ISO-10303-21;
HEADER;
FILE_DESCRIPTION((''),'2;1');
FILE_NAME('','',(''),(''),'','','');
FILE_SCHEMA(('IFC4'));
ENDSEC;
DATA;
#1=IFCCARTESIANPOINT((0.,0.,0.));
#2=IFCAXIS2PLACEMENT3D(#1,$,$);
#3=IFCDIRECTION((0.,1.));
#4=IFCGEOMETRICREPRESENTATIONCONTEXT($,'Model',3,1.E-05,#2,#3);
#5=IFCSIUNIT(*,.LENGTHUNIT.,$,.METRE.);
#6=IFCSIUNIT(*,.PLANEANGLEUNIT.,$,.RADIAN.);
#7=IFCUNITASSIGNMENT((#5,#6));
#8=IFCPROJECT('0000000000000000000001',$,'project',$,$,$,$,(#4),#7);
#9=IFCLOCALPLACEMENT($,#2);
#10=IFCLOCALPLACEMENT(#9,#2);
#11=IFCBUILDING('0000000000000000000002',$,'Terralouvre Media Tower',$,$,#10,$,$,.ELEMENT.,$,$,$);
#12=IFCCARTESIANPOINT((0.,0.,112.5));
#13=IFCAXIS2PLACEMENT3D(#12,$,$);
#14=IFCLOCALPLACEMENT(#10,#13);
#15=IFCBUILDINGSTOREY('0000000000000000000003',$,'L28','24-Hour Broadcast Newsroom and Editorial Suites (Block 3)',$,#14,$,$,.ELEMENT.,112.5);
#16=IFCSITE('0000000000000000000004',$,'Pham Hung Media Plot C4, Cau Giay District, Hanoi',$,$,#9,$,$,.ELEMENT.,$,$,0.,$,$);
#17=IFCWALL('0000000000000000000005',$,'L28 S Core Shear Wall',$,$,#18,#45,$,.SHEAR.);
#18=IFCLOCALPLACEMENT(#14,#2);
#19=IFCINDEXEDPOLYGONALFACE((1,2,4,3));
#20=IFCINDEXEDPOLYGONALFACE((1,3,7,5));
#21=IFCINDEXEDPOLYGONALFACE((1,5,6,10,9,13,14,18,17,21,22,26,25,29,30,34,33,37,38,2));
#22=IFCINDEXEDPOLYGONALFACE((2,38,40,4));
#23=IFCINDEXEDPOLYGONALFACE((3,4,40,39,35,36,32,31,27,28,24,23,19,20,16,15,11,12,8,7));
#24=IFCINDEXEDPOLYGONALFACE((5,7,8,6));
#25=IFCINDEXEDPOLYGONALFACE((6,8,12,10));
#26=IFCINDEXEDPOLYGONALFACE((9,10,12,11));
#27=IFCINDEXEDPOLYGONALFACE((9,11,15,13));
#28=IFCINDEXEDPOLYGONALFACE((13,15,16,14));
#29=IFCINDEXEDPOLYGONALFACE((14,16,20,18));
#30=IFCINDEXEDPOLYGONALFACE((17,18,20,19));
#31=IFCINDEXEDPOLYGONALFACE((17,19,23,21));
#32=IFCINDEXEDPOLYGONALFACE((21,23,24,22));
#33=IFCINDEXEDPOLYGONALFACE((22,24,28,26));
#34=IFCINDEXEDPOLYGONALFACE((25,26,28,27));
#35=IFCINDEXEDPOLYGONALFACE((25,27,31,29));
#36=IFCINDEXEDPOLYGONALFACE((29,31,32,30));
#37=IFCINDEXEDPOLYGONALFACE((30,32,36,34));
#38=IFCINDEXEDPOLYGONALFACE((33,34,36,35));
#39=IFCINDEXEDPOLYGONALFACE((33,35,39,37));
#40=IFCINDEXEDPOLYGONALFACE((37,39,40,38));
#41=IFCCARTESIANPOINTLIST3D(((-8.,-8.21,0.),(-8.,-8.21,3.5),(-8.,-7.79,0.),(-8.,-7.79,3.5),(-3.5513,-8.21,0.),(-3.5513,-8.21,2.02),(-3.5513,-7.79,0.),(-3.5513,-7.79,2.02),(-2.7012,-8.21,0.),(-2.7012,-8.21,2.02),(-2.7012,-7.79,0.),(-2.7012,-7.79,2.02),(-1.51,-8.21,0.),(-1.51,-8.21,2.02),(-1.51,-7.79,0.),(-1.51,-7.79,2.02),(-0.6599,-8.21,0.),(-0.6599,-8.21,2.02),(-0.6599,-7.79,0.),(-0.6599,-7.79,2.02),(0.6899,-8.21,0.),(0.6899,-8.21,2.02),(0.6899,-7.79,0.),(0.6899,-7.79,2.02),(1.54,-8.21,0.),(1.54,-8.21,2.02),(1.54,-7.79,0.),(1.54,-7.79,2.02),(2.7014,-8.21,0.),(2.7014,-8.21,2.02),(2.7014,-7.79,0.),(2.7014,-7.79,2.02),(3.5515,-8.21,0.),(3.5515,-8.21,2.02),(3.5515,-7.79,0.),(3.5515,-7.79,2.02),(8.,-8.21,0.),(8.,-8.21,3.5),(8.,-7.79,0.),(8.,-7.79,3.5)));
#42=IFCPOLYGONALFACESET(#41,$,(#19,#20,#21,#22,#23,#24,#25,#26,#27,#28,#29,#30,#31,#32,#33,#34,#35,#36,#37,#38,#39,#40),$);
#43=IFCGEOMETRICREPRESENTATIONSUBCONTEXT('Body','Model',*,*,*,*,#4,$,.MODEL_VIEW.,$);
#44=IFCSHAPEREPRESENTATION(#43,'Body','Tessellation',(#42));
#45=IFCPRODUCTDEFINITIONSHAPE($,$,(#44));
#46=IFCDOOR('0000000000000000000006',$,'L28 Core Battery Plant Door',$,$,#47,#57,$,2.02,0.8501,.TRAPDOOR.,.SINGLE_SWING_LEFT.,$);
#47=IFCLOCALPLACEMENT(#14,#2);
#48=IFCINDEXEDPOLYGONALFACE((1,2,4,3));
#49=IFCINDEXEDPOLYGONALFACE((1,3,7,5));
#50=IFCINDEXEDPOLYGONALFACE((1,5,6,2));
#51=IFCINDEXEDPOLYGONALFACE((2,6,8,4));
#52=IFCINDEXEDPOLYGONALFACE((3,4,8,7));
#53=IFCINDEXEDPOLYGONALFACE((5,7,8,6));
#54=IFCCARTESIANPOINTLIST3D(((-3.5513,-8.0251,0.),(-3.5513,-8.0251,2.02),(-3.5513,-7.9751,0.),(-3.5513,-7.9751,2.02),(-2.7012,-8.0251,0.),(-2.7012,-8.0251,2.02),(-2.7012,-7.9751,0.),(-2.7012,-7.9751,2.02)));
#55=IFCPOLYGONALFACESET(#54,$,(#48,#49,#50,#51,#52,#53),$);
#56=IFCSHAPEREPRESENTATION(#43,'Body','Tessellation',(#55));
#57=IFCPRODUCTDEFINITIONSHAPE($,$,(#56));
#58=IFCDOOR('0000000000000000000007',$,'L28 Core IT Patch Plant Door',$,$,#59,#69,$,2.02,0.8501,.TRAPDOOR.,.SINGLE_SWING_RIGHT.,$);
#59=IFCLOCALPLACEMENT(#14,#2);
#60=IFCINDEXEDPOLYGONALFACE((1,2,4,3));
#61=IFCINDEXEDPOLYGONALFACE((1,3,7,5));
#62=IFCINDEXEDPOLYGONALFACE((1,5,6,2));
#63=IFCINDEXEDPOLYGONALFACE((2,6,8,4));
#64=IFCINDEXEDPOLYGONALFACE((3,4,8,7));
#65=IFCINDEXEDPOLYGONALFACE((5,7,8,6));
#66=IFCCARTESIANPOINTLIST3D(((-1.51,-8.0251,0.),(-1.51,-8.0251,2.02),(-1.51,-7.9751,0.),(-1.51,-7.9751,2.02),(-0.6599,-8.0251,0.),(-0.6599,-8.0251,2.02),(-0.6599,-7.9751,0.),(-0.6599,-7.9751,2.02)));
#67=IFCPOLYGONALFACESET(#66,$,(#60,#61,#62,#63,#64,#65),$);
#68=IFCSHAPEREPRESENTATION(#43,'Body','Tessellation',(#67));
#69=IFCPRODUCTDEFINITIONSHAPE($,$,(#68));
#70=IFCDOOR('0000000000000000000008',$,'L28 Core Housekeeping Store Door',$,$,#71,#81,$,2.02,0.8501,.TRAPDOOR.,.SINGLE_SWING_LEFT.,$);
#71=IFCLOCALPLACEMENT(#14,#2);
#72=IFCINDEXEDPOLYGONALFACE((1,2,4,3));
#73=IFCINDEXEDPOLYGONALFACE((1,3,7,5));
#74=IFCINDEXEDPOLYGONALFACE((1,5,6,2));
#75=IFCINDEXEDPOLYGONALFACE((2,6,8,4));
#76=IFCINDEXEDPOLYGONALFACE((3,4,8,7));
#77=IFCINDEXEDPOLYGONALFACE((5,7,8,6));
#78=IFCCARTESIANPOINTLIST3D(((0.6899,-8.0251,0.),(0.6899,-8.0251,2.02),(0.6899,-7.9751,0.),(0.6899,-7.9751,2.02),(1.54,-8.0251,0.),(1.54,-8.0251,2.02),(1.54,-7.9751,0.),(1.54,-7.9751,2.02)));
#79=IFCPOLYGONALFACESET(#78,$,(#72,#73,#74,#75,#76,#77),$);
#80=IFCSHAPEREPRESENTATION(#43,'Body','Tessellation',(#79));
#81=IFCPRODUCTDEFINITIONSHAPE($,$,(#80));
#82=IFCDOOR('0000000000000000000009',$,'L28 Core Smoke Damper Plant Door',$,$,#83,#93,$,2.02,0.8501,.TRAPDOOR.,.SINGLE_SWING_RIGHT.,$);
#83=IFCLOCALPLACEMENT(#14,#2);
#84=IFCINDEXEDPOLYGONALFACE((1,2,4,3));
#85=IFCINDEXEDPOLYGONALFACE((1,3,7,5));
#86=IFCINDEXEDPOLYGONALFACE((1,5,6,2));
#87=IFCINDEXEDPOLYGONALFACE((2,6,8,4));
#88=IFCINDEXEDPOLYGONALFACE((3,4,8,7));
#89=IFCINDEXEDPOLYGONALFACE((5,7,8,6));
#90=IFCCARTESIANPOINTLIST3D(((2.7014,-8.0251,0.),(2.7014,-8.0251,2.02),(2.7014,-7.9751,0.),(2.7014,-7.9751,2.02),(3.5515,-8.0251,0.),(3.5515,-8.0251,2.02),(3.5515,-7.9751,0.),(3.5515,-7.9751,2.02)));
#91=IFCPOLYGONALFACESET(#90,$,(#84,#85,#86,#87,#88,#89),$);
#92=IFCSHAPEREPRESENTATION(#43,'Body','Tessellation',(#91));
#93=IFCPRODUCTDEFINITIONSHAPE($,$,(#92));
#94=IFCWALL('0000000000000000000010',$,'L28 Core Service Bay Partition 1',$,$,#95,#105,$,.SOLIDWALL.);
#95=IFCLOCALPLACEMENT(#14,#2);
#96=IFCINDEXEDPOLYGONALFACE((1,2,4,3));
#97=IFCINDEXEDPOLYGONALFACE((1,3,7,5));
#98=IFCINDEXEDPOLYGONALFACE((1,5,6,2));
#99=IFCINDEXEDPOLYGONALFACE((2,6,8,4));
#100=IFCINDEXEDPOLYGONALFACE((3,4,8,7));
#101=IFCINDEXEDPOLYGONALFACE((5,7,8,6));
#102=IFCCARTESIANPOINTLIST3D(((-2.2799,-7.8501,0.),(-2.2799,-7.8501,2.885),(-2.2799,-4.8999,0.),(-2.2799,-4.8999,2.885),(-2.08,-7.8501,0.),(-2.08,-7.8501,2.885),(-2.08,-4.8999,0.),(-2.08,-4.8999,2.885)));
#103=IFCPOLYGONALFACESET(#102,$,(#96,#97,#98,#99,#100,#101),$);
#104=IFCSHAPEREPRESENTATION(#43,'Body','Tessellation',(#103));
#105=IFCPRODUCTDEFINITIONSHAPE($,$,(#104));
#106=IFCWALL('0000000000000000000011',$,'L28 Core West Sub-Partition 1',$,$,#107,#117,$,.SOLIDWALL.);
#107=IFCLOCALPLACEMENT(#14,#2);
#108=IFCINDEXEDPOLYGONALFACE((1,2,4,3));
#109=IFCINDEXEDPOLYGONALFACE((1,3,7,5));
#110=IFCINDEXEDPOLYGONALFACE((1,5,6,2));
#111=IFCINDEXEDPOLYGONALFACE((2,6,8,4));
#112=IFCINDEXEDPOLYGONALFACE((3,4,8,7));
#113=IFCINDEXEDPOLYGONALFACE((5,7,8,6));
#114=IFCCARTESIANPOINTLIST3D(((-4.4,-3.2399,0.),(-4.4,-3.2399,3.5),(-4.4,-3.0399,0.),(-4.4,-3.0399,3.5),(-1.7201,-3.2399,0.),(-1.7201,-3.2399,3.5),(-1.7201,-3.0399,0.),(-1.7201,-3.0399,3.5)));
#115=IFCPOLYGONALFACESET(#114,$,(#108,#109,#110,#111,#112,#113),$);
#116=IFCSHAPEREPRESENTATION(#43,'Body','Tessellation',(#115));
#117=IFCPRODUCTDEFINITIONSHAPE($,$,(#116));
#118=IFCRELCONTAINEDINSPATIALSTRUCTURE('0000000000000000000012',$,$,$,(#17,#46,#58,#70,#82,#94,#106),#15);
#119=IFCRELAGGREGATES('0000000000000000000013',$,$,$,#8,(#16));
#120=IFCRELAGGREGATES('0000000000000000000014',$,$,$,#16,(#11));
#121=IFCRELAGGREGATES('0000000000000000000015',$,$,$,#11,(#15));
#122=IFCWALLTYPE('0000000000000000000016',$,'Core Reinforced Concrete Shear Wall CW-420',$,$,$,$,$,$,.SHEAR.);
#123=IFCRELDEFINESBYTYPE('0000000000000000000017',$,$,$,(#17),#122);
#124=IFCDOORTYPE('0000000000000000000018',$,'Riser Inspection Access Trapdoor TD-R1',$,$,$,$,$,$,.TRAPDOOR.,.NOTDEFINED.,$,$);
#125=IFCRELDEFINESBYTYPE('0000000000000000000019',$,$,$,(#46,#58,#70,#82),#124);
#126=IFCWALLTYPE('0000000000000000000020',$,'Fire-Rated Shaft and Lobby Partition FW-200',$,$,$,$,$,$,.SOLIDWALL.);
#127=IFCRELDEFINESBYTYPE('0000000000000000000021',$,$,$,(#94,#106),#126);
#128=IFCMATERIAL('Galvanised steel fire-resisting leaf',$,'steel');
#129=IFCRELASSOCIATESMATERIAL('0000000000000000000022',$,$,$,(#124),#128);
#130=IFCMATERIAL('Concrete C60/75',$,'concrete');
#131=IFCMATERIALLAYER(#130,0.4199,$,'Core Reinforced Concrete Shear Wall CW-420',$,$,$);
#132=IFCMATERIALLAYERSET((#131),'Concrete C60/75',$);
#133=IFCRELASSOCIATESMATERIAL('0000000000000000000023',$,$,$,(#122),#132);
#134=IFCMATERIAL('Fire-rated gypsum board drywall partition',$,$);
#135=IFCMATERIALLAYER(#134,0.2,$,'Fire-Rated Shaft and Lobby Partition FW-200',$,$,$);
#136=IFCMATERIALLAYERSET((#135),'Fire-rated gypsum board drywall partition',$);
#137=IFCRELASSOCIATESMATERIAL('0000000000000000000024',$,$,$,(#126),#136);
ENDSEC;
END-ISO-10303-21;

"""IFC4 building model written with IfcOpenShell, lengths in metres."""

from ifc_helpers import new_model, si_unit, direction, frame, frame_2d, origin, place, context, subcontext, project, spatial, rectangle, extrude, material, layer, layer_set, type_object, element, fill, save


model = new_model("IFC4")

# Units and contexts
model_context = context("Model", 3, precision=1e-05, world=origin(), true_north=direction((0.0, 1.0)))
body_context = subcontext(model_context, "Body", "Model", "MODEL_VIEW")
ifc_project = project(units=[si_unit("LENGTHUNIT", "METRE"), si_unit("PLANEANGLEUNIT", "RADIAN")], contexts=[model_context])

# Site, building, storey
site_placement = place(None, origin())
site = spatial("IfcSite", under=ifc_project, at=site_placement, Name="Pham Hung Media Plot C4, Cau Giay District, Hanoi", CompositionType="ELEMENT", RefElevation=0.0)
building_placement = place(site_placement, origin())
building = spatial("IfcBuilding", under=site, at=building_placement, Name="Terralouvre Media Tower", CompositionType="ELEMENT")
storey_placement = place(building_placement, frame((0.0, 0.0, 112.5)))
storey = spatial("IfcBuildingStorey", under=building, at=storey_placement, Name="L28", Description="24-Hour Broadcast Newsroom and Editorial Suites (Block 3)", CompositionType="ELEMENT", Elevation=112.5)

# Shared definitions
ifc_material_1 = material(Name="Galvanised steel fire-resisting leaf", Category="steel")
door_type_1 = type_object("IfcDoorType", Name="Riser Inspection Access Trapdoor TD-R1", OperationType="NOTDEFINED", PredefinedType="TRAPDOOR", material=ifc_material_1)

# Wall, openings, doors
ifc_material_2 = material(Name="Concrete C60/75", Category="concrete")
ifc_layer_1 = layer(ifc_material_2, 0.4199, Name="Core Reinforced Concrete Shear Wall CW-420")
ifc_layer_set_1 = layer_set([ifc_layer_1], Name="Concrete C60/75")
wall_type_1 = type_object("IfcWallType", Name="Core Reinforced Concrete Shear Wall CW-420", PredefinedType="SHEAR", material=ifc_layer_set_1)
wall_1_placement = place(storey_placement, frame((-8.0, -8.0, 0.0), z_axis=(0.0, 0.0, 1.0), x_axis=(1.0, 0.0, 0.0)))
wall_1 = element("IfcWall", 1, at=wall_1_placement, inside=storey, type_object=wall_type_1, Name="L28 S Core Shear Wall", PredefinedType="SHEAR", context=body_context, shape_type="SweptSolid", body=[
    extrude(rectangle(XDim=16.0, YDim=0.4199, at=frame_2d((8.0, 0.0))), origin(), (0.0, 0.0, 1.0), 3.5),
])
opening_1_placement = place(wall_1_placement, frame((4.4487, 0.0, 0.0)))
opening_1 = element("IfcOpeningElement", 2, at=opening_1_placement, cuts=wall_1, PredefinedType="OPENING", context=body_context, shape_type="SweptSolid", body=[
    extrude(rectangle(XDim=0.8501, YDim=2.02, at=frame_2d((0.425, 1.01))), frame((0.0, 0.22, 0.0), z_axis=(0.0, -1.0, 0.0), x_axis=(1.0, 0.0, 0.0)), (0.0, 0.0, 1.0), 0.4399),
])
opening_2_placement = place(wall_1_placement, frame((6.49, 0.0, 0.0)))
opening_2 = element("IfcOpeningElement", 3, at=opening_2_placement, cuts=wall_1, PredefinedType="OPENING", context=body_context, shape_type="SweptSolid", body=[
    extrude(rectangle(XDim=0.8501, YDim=2.02, at=frame_2d((0.425, 1.01))), frame((0.0, 0.22, 0.0), z_axis=(0.0, -1.0, 0.0), x_axis=(1.0, 0.0, 0.0)), (0.0, 0.0, 1.0), 0.4399),
])
opening_3_placement = place(wall_1_placement, frame((8.6899, 0.0, 0.0)))
opening_3 = element("IfcOpeningElement", 4, at=opening_3_placement, cuts=wall_1, PredefinedType="OPENING", context=body_context, shape_type="SweptSolid", body=[
    extrude(rectangle(XDim=0.8501, YDim=2.02, at=frame_2d((0.425, 1.01))), frame((0.0, 0.22, 0.0), z_axis=(0.0, -1.0, 0.0), x_axis=(1.0, 0.0, 0.0)), (0.0, 0.0, 1.0), 0.4399),
])
opening_4_placement = place(wall_1_placement, frame((10.7014, 0.0, 0.0)))
opening_4 = element("IfcOpeningElement", 5, at=opening_4_placement, cuts=wall_1, PredefinedType="OPENING", context=body_context, shape_type="SweptSolid", body=[
    extrude(rectangle(XDim=0.8501, YDim=2.02, at=frame_2d((0.425, 1.01))), frame((0.0, 0.22, 0.0), z_axis=(0.0, -1.0, 0.0), x_axis=(1.0, 0.0, 0.0)), (0.0, 0.0, 1.0), 0.4399),
])
door_1_placement = place(opening_1_placement, origin())
door_1 = element("IfcDoor", 6, at=door_1_placement, inside=storey, type_object=door_type_1, Name="L28 Core Battery Plant Door", OperationType="SINGLE_SWING_LEFT", OverallHeight=2.02, OverallWidth=0.8501, PredefinedType="TRAPDOOR", context=body_context, shape_type="SweptSolid", body=[
    extrude(rectangle(XDim=0.8501, YDim=2.02, at=frame_2d((0.425, 1.01))), frame((0.0, 0.0249, 0.0), z_axis=(0.0, -1.0, 0.0), x_axis=(1.0, 0.0, 0.0)), (0.0, 0.0, 1.0), 0.05),
])
fill(opening_1, door_1)
door_2_placement = place(opening_2_placement, origin())
door_2 = element("IfcDoor", 7, at=door_2_placement, inside=storey, type_object=door_type_1, Name="L28 Core IT Patch Plant Door", OperationType="SINGLE_SWING_RIGHT", OverallHeight=2.02, OverallWidth=0.8501, PredefinedType="TRAPDOOR", context=body_context, shape_type="SweptSolid", body=[
    extrude(rectangle(XDim=0.8501, YDim=2.02, at=frame_2d((0.425, 1.01))), frame((0.0, 0.0249, 0.0), z_axis=(0.0, -1.0, 0.0), x_axis=(1.0, 0.0, 0.0)), (0.0, 0.0, 1.0), 0.05),
])
fill(opening_2, door_2)
door_3_placement = place(opening_3_placement, origin())
door_3 = element("IfcDoor", 8, at=door_3_placement, inside=storey, type_object=door_type_1, Name="L28 Core Housekeeping Store Door", OperationType="SINGLE_SWING_LEFT", OverallHeight=2.02, OverallWidth=0.8501, PredefinedType="TRAPDOOR", context=body_context, shape_type="SweptSolid", body=[
    extrude(rectangle(XDim=0.8501, YDim=2.02, at=frame_2d((0.425, 1.01))), frame((0.0, 0.0249, 0.0), z_axis=(0.0, -1.0, 0.0), x_axis=(1.0, 0.0, 0.0)), (0.0, 0.0, 1.0), 0.05),
])
fill(opening_3, door_3)
door_4_placement = place(opening_4_placement, origin())
door_4 = element("IfcDoor", 9, at=door_4_placement, inside=storey, type_object=door_type_1, Name="L28 Core Smoke Damper Plant Door", OperationType="SINGLE_SWING_RIGHT", OverallHeight=2.02, OverallWidth=0.8501, PredefinedType="TRAPDOOR", context=body_context, shape_type="SweptSolid", body=[
    extrude(rectangle(XDim=0.8501, YDim=2.02, at=frame_2d((0.425, 1.01))), frame((0.0, 0.0249, 0.0), z_axis=(0.0, -1.0, 0.0), x_axis=(1.0, 0.0, 0.0)), (0.0, 0.0, 1.0), 0.05),
])
fill(opening_4, door_4)

# Walls
ifc_material_3 = material(Name="Fire-rated gypsum board drywall partition")
ifc_layer_2 = layer(ifc_material_3, 0.2, Name="Fire-Rated Shaft and Lobby Partition FW-200")
ifc_layer_set_2 = layer_set([ifc_layer_2], Name="Fire-rated gypsum board drywall partition")
wall_type_2 = type_object("IfcWallType", Name="Fire-Rated Shaft and Lobby Partition FW-200", PredefinedType="SOLIDWALL", material=ifc_layer_set_2)
wall_2_placement = place(storey_placement, frame((-2.1799, -7.8501, 0.0), z_axis=(0.0, 0.0, 1.0), x_axis=(0.0, 1.0, 0.0)))
element("IfcWall", 10, at=wall_2_placement, inside=storey, type_object=wall_type_2, Name="L28 Core Service Bay Partition 1", PredefinedType="SOLIDWALL", context=body_context, shape_type="SweptSolid", body=[
    extrude(rectangle(XDim=2.9502, YDim=0.2, at=frame_2d((1.4751, 0.0))), origin(), (0.0, 0.0, 1.0), 2.885),
])
wall_3_placement = place(storey_placement, frame((-4.3999, -3.1399, 0.0), z_axis=(0.0, 0.0, 1.0), x_axis=(1.0, 0.0, 0.0)))
element("IfcWall", 11, at=wall_3_placement, inside=storey, type_object=wall_type_2, Name="L28 Core West Sub-Partition 1", PredefinedType="SOLIDWALL", context=body_context, shape_type="SweptSolid", body=[
    extrude(rectangle(XDim=2.6799, YDim=0.2, at=frame_2d((1.3398, 0.0))), origin(), (0.0, 0.0, 1.0), 3.5),
])

save(model, "model.ifc")
